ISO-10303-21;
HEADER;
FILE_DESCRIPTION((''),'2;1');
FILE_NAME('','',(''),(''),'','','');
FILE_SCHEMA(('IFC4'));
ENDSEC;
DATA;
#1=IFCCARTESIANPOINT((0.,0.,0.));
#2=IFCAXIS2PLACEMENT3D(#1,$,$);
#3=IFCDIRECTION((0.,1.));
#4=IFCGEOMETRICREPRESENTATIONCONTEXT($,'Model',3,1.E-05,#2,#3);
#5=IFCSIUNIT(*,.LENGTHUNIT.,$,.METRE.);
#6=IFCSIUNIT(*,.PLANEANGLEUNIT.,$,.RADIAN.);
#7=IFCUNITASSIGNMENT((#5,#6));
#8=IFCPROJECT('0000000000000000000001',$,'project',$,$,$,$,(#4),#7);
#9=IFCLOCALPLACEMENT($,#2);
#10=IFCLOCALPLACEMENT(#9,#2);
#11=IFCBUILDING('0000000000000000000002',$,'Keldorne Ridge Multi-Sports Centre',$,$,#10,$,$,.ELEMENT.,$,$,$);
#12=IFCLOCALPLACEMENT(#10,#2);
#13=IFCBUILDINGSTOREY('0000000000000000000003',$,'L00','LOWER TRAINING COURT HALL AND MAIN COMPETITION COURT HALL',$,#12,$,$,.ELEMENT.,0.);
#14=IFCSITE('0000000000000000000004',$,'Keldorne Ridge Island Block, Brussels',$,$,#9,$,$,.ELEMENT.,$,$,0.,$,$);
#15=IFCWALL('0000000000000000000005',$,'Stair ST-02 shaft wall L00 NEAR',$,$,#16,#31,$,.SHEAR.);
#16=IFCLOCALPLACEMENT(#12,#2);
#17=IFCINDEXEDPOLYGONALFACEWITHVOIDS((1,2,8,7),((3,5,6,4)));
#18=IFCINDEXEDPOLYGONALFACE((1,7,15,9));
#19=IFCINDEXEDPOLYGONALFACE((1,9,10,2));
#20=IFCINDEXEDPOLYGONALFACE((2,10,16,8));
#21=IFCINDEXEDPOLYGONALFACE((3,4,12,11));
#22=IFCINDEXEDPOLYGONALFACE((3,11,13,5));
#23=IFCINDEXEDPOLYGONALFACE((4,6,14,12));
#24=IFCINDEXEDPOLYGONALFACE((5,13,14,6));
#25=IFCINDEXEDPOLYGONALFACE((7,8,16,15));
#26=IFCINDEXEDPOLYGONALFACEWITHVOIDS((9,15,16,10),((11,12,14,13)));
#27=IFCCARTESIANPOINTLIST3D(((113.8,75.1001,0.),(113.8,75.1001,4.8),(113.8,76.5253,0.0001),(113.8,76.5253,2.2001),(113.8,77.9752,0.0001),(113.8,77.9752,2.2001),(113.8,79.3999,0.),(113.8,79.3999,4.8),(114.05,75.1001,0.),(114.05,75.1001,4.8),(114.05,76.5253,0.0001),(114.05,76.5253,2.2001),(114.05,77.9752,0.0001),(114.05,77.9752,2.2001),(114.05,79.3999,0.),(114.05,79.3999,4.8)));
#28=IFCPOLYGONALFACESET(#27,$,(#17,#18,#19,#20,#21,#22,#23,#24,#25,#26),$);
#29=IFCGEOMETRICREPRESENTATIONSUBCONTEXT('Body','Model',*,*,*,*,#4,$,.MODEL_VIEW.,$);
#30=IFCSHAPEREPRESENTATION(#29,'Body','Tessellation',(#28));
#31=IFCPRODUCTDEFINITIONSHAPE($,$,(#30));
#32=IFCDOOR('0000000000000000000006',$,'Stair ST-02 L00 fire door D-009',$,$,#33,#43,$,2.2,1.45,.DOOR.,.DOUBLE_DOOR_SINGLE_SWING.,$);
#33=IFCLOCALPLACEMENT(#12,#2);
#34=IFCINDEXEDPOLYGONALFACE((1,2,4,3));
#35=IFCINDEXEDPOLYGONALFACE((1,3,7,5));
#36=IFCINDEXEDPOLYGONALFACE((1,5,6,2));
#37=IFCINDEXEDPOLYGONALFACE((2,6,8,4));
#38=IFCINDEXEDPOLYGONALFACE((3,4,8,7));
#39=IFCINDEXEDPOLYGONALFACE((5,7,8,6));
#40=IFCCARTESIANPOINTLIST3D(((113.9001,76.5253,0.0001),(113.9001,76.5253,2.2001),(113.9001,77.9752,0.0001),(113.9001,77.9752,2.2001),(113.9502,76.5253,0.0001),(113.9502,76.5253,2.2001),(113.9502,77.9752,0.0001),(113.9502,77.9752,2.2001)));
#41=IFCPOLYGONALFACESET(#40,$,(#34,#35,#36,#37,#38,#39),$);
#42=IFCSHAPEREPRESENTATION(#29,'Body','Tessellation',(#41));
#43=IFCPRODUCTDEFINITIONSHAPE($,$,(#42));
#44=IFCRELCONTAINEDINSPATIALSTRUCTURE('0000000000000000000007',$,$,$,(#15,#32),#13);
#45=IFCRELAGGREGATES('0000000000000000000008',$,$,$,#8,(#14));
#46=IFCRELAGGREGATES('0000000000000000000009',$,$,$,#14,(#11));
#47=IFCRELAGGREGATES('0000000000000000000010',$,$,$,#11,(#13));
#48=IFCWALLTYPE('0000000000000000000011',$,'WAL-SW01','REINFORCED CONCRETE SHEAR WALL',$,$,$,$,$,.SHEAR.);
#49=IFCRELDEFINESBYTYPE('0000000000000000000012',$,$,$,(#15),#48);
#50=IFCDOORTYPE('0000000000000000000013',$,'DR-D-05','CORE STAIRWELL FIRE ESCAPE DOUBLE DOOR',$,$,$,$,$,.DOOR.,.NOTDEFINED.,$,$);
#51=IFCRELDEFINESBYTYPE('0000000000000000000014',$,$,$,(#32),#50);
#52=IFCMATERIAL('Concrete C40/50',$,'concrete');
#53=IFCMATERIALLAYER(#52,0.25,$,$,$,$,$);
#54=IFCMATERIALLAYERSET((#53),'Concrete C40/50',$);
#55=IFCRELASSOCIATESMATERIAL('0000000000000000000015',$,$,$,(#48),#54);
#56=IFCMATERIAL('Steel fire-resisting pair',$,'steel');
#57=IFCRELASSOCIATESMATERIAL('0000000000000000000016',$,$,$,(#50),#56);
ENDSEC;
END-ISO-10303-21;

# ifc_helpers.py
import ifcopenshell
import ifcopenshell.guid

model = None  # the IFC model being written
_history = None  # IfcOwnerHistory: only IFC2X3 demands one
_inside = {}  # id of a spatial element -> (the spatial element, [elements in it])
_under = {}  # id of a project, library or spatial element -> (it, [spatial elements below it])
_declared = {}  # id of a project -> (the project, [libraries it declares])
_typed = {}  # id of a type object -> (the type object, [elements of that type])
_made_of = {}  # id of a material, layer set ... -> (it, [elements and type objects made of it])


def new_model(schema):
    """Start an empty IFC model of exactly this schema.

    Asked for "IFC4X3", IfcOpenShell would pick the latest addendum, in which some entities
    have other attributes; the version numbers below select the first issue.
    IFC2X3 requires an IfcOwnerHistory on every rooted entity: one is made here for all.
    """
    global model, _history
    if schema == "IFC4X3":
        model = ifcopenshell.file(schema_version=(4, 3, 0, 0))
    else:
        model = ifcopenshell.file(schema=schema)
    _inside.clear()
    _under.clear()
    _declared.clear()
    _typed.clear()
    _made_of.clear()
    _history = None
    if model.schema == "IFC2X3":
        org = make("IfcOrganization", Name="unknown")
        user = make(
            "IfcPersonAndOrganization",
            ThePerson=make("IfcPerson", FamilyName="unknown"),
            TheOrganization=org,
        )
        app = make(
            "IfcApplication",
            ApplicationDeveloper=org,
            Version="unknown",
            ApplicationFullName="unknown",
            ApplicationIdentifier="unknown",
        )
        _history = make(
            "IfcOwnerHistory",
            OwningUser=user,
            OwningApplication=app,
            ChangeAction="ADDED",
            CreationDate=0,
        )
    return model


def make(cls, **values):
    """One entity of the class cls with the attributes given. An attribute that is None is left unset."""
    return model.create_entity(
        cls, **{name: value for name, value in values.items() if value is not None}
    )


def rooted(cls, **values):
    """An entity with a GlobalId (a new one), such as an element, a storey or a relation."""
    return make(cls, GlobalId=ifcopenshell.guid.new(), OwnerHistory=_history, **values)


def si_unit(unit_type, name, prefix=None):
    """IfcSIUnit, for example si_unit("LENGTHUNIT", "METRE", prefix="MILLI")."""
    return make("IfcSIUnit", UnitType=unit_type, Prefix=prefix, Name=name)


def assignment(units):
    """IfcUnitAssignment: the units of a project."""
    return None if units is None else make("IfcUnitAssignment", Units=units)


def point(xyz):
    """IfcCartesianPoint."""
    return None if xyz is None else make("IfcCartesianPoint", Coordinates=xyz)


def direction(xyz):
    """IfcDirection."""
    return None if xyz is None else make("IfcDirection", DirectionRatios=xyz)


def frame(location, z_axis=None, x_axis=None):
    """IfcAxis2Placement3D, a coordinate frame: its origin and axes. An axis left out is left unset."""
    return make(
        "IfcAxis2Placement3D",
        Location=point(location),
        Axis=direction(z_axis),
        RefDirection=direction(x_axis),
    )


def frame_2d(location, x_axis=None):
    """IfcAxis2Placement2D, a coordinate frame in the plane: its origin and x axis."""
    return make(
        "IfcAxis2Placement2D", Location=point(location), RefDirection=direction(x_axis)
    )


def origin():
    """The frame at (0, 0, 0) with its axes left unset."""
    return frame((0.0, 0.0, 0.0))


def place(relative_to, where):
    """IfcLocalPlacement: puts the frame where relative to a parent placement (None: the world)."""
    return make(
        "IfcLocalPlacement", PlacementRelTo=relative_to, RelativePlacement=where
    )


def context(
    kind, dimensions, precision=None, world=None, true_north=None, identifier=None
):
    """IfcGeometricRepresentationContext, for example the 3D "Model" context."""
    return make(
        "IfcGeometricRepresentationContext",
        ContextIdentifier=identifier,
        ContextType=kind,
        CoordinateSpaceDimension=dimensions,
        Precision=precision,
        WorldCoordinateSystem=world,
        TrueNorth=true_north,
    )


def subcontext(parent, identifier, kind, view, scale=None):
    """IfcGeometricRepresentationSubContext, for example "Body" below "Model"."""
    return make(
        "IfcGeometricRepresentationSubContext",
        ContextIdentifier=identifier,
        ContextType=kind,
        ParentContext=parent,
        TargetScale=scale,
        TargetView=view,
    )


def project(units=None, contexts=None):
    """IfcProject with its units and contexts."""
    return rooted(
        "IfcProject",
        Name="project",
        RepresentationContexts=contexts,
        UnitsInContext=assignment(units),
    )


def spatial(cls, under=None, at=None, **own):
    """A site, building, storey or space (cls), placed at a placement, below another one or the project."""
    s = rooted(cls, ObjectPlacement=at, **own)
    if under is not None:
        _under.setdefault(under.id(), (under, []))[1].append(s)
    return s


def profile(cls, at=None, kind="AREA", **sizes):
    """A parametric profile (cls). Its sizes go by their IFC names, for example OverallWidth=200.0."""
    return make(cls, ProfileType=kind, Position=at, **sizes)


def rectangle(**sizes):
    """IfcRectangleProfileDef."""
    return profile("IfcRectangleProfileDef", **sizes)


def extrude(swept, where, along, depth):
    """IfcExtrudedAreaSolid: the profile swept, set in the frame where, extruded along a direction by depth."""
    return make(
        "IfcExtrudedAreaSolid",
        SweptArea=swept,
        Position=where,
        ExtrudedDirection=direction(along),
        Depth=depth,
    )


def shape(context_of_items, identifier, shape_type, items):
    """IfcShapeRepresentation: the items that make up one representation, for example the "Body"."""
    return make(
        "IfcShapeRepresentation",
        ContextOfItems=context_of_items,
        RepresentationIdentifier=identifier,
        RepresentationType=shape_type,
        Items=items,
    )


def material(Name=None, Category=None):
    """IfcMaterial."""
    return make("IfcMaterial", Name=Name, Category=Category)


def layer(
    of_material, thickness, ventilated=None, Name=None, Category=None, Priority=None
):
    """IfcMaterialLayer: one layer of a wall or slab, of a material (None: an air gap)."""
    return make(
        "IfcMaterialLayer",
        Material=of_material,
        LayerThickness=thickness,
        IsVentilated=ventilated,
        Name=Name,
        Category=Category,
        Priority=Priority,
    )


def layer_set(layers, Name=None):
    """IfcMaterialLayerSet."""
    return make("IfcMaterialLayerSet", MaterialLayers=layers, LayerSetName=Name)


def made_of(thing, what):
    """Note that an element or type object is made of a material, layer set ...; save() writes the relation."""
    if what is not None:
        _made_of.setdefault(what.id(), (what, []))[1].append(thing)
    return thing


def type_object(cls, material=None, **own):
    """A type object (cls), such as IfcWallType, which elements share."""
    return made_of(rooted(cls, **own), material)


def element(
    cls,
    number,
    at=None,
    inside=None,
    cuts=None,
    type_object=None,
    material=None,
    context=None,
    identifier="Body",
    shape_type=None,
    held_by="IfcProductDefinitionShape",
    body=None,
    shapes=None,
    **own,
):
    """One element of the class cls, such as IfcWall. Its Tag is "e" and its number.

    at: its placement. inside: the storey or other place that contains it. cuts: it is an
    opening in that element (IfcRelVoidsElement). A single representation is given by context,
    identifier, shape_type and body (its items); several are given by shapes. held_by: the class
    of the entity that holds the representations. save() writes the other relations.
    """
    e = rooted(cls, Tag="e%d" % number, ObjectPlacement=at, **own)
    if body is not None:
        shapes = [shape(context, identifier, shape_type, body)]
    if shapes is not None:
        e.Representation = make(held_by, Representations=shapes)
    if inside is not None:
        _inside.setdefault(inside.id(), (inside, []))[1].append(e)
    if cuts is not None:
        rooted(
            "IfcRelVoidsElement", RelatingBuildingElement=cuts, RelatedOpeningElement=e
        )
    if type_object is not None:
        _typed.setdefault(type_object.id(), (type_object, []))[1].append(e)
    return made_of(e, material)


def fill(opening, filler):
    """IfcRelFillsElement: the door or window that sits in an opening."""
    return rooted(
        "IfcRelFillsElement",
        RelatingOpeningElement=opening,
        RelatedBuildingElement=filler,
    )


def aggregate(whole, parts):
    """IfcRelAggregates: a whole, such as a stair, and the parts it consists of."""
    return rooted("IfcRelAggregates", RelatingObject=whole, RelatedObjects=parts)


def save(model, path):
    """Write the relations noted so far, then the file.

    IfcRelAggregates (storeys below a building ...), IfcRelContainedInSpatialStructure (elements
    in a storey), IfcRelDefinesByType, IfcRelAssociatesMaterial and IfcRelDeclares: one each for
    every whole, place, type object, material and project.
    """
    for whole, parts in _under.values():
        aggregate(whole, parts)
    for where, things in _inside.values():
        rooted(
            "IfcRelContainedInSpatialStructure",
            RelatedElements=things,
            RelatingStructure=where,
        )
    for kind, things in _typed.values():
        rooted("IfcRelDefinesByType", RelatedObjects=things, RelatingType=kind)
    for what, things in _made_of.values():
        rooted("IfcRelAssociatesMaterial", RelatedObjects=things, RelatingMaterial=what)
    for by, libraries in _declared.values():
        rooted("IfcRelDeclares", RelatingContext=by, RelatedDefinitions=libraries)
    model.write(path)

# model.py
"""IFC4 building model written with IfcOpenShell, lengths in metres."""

from ifc_helpers import new_model, si_unit, direction, frame, frame_2d, origin, place, context, subcontext, project, spatial, rectangle, extrude, material, layer, layer_set, type_object, element, fill, save


model = new_model("IFC4")

# Units and contexts
model_context = context("Model", 3, precision=1e-05, world=origin(), true_north=direction((0.0, 1.0)))
body_context = subcontext(model_context, "Body", "Model", "MODEL_VIEW")
ifc_project = project(units=[si_unit("LENGTHUNIT", "METRE"), si_unit("PLANEANGLEUNIT", "RADIAN")], contexts=[model_context])

# Site, building, storey
site_placement = place(None, origin())
site = spatial("IfcSite", under=ifc_project, at=site_placement, Name="Keldorne Ridge Island Block, Brussels", CompositionType="ELEMENT", RefElevation=0.0)
building_placement = place(site_placement, origin())
building = spatial("IfcBuilding", under=site, at=building_placement, Name="Keldorne Ridge Multi-Sports Centre", CompositionType="ELEMENT")
storey_placement = place(building_placement, origin())
storey = spatial("IfcBuildingStorey", under=building, at=storey_placement, Name="L00", Description="LOWER TRAINING COURT HALL AND MAIN COMPETITION COURT HALL", CompositionType="ELEMENT", Elevation=0.0)

# Wall, opening, door
ifc_material_1 = material(Name="Concrete C40/50", Category="concrete")
ifc_layer_1 = layer(ifc_material_1, 0.25)
ifc_layer_set_1 = layer_set([ifc_layer_1], Name="Concrete C40/50")
wall_type_1 = type_object("IfcWallType", Name="WAL-SW01", Description="REINFORCED CONCRETE SHEAR WALL", PredefinedType="SHEAR", material=ifc_layer_set_1)
wall_1_placement = place(storey_placement, frame((113.925, 75.1001, 0.0), z_axis=(0.0, 0.0, 1.0), x_axis=(0.0, 1.0, 0.0)))
wall_1 = element("IfcWall", 1, at=wall_1_placement, inside=storey, type_object=wall_type_1, Name="Stair ST-02 shaft wall L00 NEAR", PredefinedType="SHEAR", context=body_context, shape_type="SweptSolid", body=[
    extrude(rectangle(XDim=4.2998, YDim=0.25, at=frame_2d((2.1499, 0.0))), origin(), (0.0, 0.0, 1.0), 4.8),
])
opening_1_placement = place(wall_1_placement, frame((1.425, 0.0, 0.0)))
opening_1 = element("IfcOpeningElement", 2, at=opening_1_placement, cuts=wall_1, PredefinedType="OPENING", context=body_context, shape_type="SweptSolid", body=[
    extrude(rectangle(XDim=1.45, YDim=2.2, at=frame_2d((0.7251, 1.1001))), frame((0.0, 0.135, 0.0), z_axis=(0.0, -1.0, 0.0), x_axis=(1.0, 0.0, 0.0)), (0.0, 0.0, 1.0), 0.27),
])
ifc_material_2 = material(Name="Steel fire-resisting pair", Category="steel")
door_type_1 = type_object("IfcDoorType", Name="DR-D-05", Description="CORE STAIRWELL FIRE ESCAPE DOUBLE DOOR", OperationType="NOTDEFINED", PredefinedType="DOOR", material=ifc_material_2)
door_1_placement = place(opening_1_placement, origin())
door_1 = element("IfcDoor", 3, at=door_1_placement, inside=storey, type_object=door_type_1, Name="Stair ST-02 L00 fire door D-009", OperationType="DOUBLE_DOOR_SINGLE_SWING", OverallHeight=2.2, OverallWidth=1.45, PredefinedType="DOOR", context=body_context, shape_type="SweptSolid", body=[
    extrude(rectangle(XDim=1.45, YDim=2.2, at=frame_2d((0.7251, 1.1001))), frame((0.0, 0.0249, 0.0), z_axis=(0.0, -1.0, 0.0), x_axis=(1.0, 0.0, 0.0)), (0.0, 0.0, 1.0), 0.05),
])
fill(opening_1, door_1)

save(model, "model.ifc")
